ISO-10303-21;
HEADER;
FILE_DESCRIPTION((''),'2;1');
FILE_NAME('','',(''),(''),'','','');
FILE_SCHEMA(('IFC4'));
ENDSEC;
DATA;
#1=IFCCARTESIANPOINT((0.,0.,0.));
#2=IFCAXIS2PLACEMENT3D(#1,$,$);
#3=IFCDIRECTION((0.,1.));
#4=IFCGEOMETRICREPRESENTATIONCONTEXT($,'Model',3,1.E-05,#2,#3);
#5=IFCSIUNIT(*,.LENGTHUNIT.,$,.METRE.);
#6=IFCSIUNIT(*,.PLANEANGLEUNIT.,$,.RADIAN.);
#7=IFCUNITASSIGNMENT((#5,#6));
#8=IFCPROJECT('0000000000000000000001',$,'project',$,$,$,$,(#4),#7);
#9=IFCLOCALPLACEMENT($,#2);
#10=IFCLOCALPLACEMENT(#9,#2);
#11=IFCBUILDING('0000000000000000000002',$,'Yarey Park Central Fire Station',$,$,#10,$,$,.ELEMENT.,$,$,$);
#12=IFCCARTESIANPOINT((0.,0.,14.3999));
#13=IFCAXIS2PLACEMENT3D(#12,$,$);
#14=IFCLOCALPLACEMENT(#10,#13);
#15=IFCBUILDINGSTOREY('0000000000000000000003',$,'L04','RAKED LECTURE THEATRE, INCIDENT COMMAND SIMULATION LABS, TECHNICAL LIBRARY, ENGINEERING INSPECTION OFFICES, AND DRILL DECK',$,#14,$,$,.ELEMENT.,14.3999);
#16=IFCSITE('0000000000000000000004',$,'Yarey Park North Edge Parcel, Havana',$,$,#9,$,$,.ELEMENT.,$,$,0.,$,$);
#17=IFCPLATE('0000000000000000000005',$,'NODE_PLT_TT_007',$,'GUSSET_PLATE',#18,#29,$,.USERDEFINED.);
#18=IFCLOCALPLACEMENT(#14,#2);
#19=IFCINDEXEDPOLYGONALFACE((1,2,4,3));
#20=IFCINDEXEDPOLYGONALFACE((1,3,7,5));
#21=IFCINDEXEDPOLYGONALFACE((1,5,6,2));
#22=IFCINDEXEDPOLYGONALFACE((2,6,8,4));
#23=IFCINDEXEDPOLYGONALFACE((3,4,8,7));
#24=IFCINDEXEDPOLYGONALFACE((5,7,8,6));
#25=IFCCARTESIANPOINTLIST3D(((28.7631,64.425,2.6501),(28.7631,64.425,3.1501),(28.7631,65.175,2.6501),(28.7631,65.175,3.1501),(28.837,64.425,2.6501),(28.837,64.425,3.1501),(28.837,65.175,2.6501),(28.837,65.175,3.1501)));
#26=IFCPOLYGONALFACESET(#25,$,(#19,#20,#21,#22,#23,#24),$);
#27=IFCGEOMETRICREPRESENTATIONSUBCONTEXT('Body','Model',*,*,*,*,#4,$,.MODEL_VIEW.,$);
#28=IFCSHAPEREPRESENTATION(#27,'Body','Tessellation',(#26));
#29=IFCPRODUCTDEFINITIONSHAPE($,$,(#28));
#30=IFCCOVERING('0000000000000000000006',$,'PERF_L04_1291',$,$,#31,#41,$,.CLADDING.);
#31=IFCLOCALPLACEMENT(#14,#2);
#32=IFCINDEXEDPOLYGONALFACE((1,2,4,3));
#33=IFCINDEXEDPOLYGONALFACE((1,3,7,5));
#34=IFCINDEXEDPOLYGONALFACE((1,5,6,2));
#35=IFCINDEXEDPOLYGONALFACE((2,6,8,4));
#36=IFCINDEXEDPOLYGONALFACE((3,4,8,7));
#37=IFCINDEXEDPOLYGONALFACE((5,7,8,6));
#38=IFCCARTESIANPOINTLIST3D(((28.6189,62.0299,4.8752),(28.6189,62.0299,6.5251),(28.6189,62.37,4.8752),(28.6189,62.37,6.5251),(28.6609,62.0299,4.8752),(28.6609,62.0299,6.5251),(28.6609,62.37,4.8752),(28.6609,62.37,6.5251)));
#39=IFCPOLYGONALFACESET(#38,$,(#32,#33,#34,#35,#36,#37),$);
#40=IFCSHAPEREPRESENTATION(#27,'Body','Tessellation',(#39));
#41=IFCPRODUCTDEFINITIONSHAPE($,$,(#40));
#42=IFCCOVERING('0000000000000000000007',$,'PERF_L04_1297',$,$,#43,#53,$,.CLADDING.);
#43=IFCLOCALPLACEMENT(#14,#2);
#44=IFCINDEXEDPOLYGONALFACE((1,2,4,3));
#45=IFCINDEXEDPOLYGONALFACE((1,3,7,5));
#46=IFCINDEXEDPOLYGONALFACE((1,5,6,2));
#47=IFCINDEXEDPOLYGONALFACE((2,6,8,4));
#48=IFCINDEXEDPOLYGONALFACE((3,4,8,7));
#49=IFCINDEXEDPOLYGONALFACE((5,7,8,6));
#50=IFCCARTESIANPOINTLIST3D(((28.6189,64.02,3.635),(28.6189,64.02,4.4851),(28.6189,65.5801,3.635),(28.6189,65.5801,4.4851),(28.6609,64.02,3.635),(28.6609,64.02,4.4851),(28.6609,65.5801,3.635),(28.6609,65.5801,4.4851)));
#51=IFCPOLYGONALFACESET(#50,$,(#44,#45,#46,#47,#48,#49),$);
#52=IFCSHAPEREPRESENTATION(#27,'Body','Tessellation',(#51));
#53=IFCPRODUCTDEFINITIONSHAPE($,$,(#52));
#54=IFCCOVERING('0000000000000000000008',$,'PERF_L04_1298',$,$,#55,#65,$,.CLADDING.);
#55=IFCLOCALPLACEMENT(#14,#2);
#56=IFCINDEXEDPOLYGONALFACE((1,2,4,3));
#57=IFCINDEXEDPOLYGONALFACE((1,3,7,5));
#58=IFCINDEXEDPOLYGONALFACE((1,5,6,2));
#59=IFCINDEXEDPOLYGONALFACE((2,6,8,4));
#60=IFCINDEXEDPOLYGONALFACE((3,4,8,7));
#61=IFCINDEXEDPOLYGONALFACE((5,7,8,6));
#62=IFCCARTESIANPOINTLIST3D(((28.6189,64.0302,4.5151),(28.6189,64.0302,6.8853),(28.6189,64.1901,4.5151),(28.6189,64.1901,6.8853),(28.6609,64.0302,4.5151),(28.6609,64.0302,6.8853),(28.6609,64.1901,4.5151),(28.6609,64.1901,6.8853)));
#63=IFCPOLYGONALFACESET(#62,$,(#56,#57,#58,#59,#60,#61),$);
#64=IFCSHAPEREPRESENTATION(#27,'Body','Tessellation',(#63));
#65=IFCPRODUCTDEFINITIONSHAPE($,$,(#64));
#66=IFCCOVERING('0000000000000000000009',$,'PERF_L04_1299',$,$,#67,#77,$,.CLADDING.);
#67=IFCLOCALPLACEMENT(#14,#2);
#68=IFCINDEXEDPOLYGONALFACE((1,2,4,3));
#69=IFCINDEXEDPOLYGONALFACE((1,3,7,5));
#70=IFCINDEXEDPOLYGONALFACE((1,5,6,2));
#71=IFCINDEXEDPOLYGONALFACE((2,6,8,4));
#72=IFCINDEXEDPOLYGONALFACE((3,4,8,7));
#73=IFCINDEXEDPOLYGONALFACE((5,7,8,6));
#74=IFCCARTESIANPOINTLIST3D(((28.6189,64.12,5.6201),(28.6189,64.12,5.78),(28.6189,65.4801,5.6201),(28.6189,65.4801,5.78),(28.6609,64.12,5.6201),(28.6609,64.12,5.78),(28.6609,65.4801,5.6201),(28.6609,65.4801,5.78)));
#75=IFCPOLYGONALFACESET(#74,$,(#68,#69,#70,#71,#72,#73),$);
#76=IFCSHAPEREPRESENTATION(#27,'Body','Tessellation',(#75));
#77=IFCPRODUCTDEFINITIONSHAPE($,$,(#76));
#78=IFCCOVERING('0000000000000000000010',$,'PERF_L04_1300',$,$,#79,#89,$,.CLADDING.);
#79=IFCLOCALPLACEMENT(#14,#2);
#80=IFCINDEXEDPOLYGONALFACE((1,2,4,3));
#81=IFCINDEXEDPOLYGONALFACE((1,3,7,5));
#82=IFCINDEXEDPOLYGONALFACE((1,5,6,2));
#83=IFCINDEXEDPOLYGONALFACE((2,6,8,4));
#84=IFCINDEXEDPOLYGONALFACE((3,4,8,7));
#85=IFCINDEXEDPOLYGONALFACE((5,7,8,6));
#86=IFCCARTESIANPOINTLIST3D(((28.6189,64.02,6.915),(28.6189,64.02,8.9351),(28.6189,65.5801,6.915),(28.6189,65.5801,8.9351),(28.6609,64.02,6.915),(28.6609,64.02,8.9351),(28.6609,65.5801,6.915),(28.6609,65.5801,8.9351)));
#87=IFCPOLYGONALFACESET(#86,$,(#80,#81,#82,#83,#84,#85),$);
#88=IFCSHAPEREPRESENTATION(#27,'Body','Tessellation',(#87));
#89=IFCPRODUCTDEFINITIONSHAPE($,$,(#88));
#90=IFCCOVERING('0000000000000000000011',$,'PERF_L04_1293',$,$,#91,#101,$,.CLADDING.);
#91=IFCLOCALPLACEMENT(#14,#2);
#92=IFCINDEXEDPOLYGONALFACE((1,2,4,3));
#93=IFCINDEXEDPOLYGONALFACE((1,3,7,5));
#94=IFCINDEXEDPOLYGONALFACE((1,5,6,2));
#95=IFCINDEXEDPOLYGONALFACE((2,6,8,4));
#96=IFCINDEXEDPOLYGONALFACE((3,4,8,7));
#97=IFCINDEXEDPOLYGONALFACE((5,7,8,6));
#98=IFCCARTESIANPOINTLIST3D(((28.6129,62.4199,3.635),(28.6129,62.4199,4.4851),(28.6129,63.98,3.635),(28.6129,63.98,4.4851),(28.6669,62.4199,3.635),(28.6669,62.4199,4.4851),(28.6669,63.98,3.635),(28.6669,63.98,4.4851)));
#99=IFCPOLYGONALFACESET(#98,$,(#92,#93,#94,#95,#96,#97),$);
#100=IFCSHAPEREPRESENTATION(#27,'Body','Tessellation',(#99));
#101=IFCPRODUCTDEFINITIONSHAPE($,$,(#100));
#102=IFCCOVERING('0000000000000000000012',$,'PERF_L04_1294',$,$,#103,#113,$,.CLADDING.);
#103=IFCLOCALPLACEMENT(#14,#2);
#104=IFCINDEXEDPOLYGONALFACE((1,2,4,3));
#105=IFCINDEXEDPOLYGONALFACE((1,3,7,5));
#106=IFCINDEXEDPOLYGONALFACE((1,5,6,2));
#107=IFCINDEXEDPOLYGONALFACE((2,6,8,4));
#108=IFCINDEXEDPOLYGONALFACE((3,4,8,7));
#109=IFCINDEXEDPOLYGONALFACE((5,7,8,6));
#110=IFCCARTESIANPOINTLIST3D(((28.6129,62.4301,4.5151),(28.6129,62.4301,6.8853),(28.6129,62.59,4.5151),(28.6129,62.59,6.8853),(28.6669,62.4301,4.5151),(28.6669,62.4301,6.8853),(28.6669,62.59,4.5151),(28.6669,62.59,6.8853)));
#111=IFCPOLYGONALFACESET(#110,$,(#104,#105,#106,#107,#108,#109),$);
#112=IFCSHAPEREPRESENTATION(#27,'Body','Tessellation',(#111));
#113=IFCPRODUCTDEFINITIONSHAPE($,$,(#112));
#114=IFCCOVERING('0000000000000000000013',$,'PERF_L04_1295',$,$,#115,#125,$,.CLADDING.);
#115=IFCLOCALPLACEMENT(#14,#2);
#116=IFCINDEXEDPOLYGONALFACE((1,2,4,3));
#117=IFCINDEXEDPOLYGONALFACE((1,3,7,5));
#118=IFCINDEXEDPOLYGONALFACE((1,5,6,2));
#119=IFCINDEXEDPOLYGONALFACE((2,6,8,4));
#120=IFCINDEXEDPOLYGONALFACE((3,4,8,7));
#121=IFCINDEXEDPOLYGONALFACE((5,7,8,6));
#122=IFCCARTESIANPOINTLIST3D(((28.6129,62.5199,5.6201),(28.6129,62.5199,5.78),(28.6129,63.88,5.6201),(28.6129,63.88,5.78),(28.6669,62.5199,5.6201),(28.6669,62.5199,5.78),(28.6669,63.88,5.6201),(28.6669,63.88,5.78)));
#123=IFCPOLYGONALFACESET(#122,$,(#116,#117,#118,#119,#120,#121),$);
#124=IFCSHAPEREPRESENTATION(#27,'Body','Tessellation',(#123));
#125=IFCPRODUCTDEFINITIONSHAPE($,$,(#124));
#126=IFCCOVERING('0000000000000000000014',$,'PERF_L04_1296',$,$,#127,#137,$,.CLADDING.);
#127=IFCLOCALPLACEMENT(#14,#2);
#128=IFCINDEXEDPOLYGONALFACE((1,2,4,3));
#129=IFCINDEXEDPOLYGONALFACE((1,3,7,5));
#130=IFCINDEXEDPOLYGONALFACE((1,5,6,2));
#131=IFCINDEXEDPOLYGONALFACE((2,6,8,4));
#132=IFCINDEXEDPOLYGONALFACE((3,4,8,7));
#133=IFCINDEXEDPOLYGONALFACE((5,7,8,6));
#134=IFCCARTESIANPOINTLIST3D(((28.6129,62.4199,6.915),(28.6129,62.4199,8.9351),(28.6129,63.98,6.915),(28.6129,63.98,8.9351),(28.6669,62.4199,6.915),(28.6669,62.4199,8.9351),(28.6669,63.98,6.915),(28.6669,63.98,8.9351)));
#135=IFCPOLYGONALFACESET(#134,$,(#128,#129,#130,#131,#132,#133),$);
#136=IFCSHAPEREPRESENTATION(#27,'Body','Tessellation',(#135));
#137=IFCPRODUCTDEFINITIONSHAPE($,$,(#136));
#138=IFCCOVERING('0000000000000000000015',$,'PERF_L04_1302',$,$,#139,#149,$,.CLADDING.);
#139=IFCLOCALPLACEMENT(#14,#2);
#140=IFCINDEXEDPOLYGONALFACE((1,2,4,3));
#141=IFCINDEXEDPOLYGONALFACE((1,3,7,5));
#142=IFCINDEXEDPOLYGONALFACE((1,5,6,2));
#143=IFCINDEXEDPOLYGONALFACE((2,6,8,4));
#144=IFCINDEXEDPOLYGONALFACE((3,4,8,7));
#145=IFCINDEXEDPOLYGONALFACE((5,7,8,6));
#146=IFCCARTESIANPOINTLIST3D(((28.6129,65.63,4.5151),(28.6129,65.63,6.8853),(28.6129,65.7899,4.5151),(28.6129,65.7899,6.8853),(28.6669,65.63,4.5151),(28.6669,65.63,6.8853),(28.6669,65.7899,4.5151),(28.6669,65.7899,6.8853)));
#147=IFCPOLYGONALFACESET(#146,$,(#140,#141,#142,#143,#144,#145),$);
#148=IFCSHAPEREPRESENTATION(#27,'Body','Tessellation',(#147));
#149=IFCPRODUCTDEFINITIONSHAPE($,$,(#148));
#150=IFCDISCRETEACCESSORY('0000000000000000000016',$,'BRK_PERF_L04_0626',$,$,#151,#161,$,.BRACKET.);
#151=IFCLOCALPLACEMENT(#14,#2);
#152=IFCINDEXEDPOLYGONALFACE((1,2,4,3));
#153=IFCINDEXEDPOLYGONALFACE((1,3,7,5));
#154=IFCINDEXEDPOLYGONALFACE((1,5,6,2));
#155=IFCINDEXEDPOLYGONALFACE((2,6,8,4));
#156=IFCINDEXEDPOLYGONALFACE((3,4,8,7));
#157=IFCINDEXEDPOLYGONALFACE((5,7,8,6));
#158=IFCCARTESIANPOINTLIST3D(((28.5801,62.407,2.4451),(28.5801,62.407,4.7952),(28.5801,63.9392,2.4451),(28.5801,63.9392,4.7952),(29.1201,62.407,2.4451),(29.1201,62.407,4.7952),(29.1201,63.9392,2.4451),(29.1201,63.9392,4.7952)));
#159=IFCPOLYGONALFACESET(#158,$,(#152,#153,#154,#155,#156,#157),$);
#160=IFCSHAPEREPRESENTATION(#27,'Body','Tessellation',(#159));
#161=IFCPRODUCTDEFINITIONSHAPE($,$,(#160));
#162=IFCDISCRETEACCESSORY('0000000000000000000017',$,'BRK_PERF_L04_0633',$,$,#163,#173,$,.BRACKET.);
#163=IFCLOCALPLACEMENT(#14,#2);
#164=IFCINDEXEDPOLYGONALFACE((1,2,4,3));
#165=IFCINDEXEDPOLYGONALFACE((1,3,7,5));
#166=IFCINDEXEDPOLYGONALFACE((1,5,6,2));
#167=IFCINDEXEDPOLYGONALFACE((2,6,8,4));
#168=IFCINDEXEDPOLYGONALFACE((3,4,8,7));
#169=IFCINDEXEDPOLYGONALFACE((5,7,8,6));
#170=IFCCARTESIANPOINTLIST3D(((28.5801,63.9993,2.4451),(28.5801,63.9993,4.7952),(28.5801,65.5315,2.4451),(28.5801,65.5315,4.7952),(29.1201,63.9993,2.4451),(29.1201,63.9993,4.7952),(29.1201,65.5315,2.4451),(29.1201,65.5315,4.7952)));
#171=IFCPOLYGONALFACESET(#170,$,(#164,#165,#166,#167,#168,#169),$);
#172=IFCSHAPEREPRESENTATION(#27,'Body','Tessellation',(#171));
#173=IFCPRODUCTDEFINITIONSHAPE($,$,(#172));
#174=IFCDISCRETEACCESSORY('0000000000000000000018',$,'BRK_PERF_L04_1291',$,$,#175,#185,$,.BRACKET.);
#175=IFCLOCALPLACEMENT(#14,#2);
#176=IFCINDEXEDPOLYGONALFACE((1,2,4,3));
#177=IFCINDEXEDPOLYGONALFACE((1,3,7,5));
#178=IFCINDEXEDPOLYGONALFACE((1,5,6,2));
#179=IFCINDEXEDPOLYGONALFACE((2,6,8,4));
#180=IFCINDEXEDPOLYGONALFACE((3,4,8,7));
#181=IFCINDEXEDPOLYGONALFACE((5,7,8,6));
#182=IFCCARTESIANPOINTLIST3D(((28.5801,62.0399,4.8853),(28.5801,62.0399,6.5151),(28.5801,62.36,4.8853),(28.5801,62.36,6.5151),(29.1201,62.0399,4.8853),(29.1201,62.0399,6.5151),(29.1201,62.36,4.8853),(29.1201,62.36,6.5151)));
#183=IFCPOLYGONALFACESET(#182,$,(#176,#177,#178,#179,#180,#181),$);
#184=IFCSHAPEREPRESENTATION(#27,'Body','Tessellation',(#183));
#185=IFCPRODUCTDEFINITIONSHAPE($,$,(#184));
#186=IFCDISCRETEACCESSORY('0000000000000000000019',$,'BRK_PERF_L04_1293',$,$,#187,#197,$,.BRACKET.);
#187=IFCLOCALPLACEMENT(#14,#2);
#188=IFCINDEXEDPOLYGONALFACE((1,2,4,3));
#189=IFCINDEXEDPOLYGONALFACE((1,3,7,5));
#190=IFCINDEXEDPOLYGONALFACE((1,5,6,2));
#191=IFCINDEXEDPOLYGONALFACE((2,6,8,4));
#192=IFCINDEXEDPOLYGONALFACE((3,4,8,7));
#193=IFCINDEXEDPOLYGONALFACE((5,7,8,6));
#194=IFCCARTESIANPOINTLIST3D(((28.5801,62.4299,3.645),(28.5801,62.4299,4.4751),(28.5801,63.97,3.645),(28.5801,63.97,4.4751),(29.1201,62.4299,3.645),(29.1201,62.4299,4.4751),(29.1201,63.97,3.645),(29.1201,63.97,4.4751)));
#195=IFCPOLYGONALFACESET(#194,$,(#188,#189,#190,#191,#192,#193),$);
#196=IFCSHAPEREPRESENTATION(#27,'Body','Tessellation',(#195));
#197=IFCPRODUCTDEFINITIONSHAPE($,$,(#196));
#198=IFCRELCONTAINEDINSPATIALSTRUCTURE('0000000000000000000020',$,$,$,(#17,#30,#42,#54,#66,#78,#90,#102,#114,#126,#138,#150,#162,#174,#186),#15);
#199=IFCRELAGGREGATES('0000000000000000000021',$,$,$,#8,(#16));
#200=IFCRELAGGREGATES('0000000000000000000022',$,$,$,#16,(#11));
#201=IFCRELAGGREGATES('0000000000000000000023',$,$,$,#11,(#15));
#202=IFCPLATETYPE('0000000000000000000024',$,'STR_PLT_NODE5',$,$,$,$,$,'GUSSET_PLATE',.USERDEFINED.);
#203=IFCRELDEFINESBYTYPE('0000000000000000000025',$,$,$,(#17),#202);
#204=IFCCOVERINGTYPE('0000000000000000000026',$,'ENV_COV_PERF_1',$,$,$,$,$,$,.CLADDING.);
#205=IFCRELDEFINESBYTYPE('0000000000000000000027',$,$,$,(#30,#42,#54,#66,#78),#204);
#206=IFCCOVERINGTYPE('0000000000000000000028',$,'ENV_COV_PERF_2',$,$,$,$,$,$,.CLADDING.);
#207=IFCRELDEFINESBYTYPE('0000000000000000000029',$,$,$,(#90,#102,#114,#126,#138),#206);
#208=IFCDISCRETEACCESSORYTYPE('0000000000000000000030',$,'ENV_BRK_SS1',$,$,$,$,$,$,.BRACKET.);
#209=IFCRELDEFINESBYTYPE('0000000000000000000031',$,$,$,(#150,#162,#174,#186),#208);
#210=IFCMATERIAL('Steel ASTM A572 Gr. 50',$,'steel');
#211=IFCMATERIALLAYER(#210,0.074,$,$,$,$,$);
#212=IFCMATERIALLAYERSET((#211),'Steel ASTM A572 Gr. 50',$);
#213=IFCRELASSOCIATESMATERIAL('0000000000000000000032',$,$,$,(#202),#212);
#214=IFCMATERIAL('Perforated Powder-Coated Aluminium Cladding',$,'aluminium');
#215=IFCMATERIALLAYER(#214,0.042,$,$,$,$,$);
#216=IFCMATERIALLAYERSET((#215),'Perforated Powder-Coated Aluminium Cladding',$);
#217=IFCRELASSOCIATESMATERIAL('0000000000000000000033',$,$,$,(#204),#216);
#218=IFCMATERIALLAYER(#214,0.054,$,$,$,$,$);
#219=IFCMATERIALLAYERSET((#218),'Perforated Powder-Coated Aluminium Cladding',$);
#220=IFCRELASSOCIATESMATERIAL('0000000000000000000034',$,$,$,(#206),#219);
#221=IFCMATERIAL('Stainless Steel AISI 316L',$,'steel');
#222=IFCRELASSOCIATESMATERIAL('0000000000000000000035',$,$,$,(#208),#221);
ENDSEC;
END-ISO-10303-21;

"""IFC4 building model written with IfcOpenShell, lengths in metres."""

from ifc_helpers import new_model, si_unit, direction, frame, origin, origin_2d, place, context, subcontext, project, spatial, rectangle, extrude, material, layer, layer_set, type_object, element, save


model = new_model("IFC4")

# Units and contexts
model_context = context("Model", 3, precision=1e-05, world=origin(), true_north=direction((0.0, 1.0)))
body_context = subcontext(model_context, "Body", "Model", "MODEL_VIEW")
ifc_project = project(units=[si_unit("LENGTHUNIT", "METRE"), si_unit("PLANEANGLEUNIT", "RADIAN")], contexts=[model_context])

# Site, building, storey
site_placement = place(None, origin())
site = spatial("IfcSite", under=ifc_project, at=site_placement, Name="Yarey Park North Edge Parcel, Havana", CompositionType="ELEMENT", RefElevation=0.0)
building_placement = place(site_placement, origin())
building = spatial("IfcBuilding", under=site, at=building_placement, Name="Yarey Park Central Fire Station", CompositionType="ELEMENT")
storey_placement = place(building_placement, frame((0.0, 0.0, 14.3999)))
storey = spatial("IfcBuildingStorey", under=building, at=storey_placement, Name="L04", Description="RAKED LECTURE THEATRE, INCIDENT COMMAND SIMULATION LABS, TECHNICAL LIBRARY, ENGINEERING INSPECTION OFFICES, AND DRILL DECK", CompositionType="ELEMENT", Elevation=14.3999)

# Plate
ifc_material_1 = material(Name="Steel ASTM A572 Gr. 50", Category="steel")
ifc_layer_1 = layer(ifc_material_1, 0.074)
ifc_layer_set_1 = layer_set([ifc_layer_1], Name="Steel ASTM A572 Gr. 50")
plate_type = type_object("IfcPlateType", Name="STR_PLT_NODE5", ElementType="GUSSET_PLATE", PredefinedType="USERDEFINED", material=ifc_layer_set_1)
plate_placement = place(storey_placement, frame((28.8, 64.8, 2.6501), z_axis=(0.0, 0.0, 1.0), x_axis=(1.0, 0.0, 0.0)))
element("IfcPlate", 1, at=plate_placement, inside=storey, type_object=plate_type, Name="NODE_PLT_TT_007", ObjectType="GUSSET_PLATE", PredefinedType="USERDEFINED", context=body_context, shape_type="SweptSolid", body=[
    extrude(rectangle(XDim=0.074, YDim=0.75, at=origin_2d()), origin(), (0.0, 0.0, 1.0), 0.5),
])

# Coverings
ifc_material_2 = material(Name="Perforated Powder-Coated Aluminium Cladding", Category="aluminium")
ifc_layer_2 = layer(ifc_material_2, 0.042)
ifc_layer_set_2 = layer_set([ifc_layer_2], Name="Perforated Powder-Coated Aluminium Cladding")
covering_type_1 = type_object("IfcCoveringType", Name="ENV_COV_PERF_1", PredefinedType="CLADDING", material=ifc_layer_set_2)
covering_1_placement = place(storey_placement, frame((28.6399, 62.2, 4.8752), z_axis=(0.0, 0.0, 1.0), x_axis=(0.0, 1.0, 0.0)))
element("IfcCovering", 2, at=covering_1_placement, inside=storey, type_object=covering_type_1, Name="PERF_L04_1291", PredefinedType="CLADDING", context=body_context, shape_type="SweptSolid", body=[
    extrude(rectangle(XDim=0.3401, YDim=0.042, at=origin_2d()), origin(), (0.0, 0.0, 1.0), 1.6499),
])
covering_2_placement = place(storey_placement, frame((28.6399, 64.8, 3.635), z_axis=(0.0, 0.0, 1.0), x_axis=(0.0, 1.0, 0.0)))
element("IfcCovering", 3, at=covering_2_placement, inside=storey, type_object=covering_type_1, Name="PERF_L04_1297", PredefinedType="CLADDING", context=body_context, shape_type="SweptSolid", body=[
    extrude(rectangle(XDim=1.5601, YDim=0.042, at=origin_2d()), origin(), (0.0, 0.0, 1.0), 0.8501),
])
covering_3_placement = place(storey_placement, frame((28.6399, 64.1101, 4.5151), z_axis=(0.0, 0.0, 1.0), x_axis=(0.0, 1.0, 0.0)))
element("IfcCovering", 4, at=covering_3_placement, inside=storey, type_object=covering_type_1, Name="PERF_L04_1298", PredefinedType="CLADDING", context=body_context, shape_type="SweptSolid", body=[
    extrude(rectangle(XDim=0.1599, YDim=0.042, at=origin_2d()), origin(), (0.0, 0.0, 1.0), 2.3701),
])
covering_4_placement = place(storey_placement, frame((28.6399, 64.8, 5.6201), z_axis=(0.0, 0.0, 1.0), x_axis=(0.0, 1.0, 0.0)))
element("IfcCovering", 5, at=covering_4_placement, inside=storey, type_object=covering_type_1, Name="PERF_L04_1299", PredefinedType="CLADDING", context=body_context, shape_type="SweptSolid", body=[
    extrude(rectangle(XDim=1.3601, YDim=0.042, at=origin_2d()), origin(), (0.0, 0.0, 1.0), 0.1599),
])
covering_5_placement = place(storey_placement, frame((28.6399, 64.8, 6.915), z_axis=(0.0, 0.0, 1.0), x_axis=(0.0, 1.0, 0.0)))
element("IfcCovering", 6, at=covering_5_placement, inside=storey, type_object=covering_type_1, Name="PERF_L04_1300", PredefinedType="CLADDING", context=body_context, shape_type="SweptSolid", body=[
    extrude(rectangle(XDim=1.5601, YDim=0.042, at=origin_2d()), origin(), (0.0, 0.0, 1.0), 2.02),
])
ifc_layer_3 = layer(ifc_material_2, 0.054)
ifc_layer_set_3 = layer_set([ifc_layer_3], Name="Perforated Powder-Coated Aluminium Cladding")
covering_type_2 = type_object("IfcCoveringType", Name="ENV_COV_PERF_2", PredefinedType="CLADDING", material=ifc_layer_set_3)
covering_6_placement = place(storey_placement, frame((28.6399, 63.2, 3.635), z_axis=(0.0, 0.0, 1.0), x_axis=(0.0, 1.0, 0.0)))
element("IfcCovering", 7, at=covering_6_placement, inside=storey, type_object=covering_type_2, Name="PERF_L04_1293", PredefinedType="CLADDING", context=body_context, shape_type="SweptSolid", body=[
    extrude(rectangle(XDim=1.5601, YDim=0.054, at=origin_2d()), origin(), (0.0, 0.0, 1.0), 0.8501),
])
covering_7_placement = place(storey_placement, frame((28.6399, 62.51, 4.5151), z_axis=(0.0, 0.0, 1.0), x_axis=(0.0, 1.0, 0.0)))
element("IfcCovering", 8, at=covering_7_placement, inside=storey, type_object=covering_type_2, Name="PERF_L04_1294", PredefinedType="CLADDING", context=body_context, shape_type="SweptSolid", body=[
    extrude(rectangle(XDim=0.1599, YDim=0.054, at=origin_2d()), origin(), (0.0, 0.0, 1.0), 2.3701),
])
covering_8_placement = place(storey_placement, frame((28.6399, 63.2, 5.6201), z_axis=(0.0, 0.0, 1.0), x_axis=(0.0, 1.0, 0.0)))
element("IfcCovering", 9, at=covering_8_placement, inside=storey, type_object=covering_type_2, Name="PERF_L04_1295", PredefinedType="CLADDING", context=body_context, shape_type="SweptSolid", body=[
    extrude(rectangle(XDim=1.3601, YDim=0.054, at=origin_2d()), origin(), (0.0, 0.0, 1.0), 0.1599),
])
covering_9_placement = place(storey_placement, frame((28.6399, 63.2, 6.915), z_axis=(0.0, 0.0, 1.0), x_axis=(0.0, 1.0, 0.0)))
element("IfcCovering", 10, at=covering_9_placement, inside=storey, type_object=covering_type_2, Name="PERF_L04_1296", PredefinedType="CLADDING", context=body_context, shape_type="SweptSolid", body=[
    extrude(rectangle(XDim=1.5601, YDim=0.054, at=origin_2d()), origin(), (0.0, 0.0, 1.0), 2.02),
])
covering_10_placement = place(storey_placement, frame((28.6399, 65.71, 4.5151), z_axis=(0.0, 0.0, 1.0), x_axis=(0.0, 1.0, 0.0)))
element("IfcCovering", 11, at=covering_10_placement, inside=storey, type_object=covering_type_2, Name="PERF_L04_1302", PredefinedType="CLADDING", context=body_context, shape_type="SweptSolid", body=[
    extrude(rectangle(XDim=0.1599, YDim=0.054, at=origin_2d()), origin(), (0.0, 0.0, 1.0), 2.3701),
])

# Discrete accessories
ifc_material_3 = material(Name="Stainless Steel AISI 316L", Category="steel")
discrete_accessory_type = type_object("IfcDiscreteAccessoryType", Name="ENV_BRK_SS1", PredefinedType="BRACKET", material=ifc_material_3)
for number, where, z_axis, x_axis, name in (
    (12, (28.8501, 63.1731, 2.4451), (0.0, 0.0, 1.0), (1.0, 0.0, 0.0), "BRK_PERF_L04_0626"),
    (13, (28.8501, 64.7654, 2.4451), (0.0, 0.0, 1.0), (1.0, 0.0, 0.0), "BRK_PERF_L04_0633"),
):
    element("IfcDiscreteAccessory", number, at=place(storey_placement, frame(where, z_axis=z_axis, x_axis=x_axis)), inside=storey, type_object=discrete_accessory_type, Name=name, PredefinedType="BRACKET", context=body_context, shape_type="SweptSolid", body=[
        extrude(rectangle(XDim=0.54, YDim=1.5322, at=origin_2d()), origin(), (0.0, 0.0, 1.0), 2.3501),
    ])
discrete_accessory_1_placement = place(storey_placement, frame((28.8501, 62.2, 4.8853), z_axis=(0.0, 0.0, 1.0), x_axis=(1.0, 0.0, 0.0)))
element("IfcDiscreteAccessory", 14, at=discrete_accessory_1_placement, inside=storey, type_object=discrete_accessory_type, Name="BRK_PERF_L04_1291", PredefinedType="BRACKET", context=body_context, shape_type="SweptSolid", body=[
    extrude(rectangle(XDim=0.54, YDim=0.3201, at=origin_2d()), origin(), (0.0, 0.0, 1.0), 1.6299),
])
discrete_accessory_2_placement = place(storey_placement, frame((28.8501, 63.2, 3.645), z_axis=(0.0, 0.0, 1.0), x_axis=(1.0, 0.0, 0.0)))
element("IfcDiscreteAccessory", 15, at=discrete_accessory_2_placement, inside=storey, type_object=discrete_accessory_type, Name="BRK_PERF_L04_1293", PredefinedType="BRACKET", context=body_context, shape_type="SweptSolid", body=[
    extrude(rectangle(XDim=0.54, YDim=1.54, at=origin_2d()), origin(), (0.0, 0.0, 1.0), 0.8301),
])

save(model, "model.ifc")
